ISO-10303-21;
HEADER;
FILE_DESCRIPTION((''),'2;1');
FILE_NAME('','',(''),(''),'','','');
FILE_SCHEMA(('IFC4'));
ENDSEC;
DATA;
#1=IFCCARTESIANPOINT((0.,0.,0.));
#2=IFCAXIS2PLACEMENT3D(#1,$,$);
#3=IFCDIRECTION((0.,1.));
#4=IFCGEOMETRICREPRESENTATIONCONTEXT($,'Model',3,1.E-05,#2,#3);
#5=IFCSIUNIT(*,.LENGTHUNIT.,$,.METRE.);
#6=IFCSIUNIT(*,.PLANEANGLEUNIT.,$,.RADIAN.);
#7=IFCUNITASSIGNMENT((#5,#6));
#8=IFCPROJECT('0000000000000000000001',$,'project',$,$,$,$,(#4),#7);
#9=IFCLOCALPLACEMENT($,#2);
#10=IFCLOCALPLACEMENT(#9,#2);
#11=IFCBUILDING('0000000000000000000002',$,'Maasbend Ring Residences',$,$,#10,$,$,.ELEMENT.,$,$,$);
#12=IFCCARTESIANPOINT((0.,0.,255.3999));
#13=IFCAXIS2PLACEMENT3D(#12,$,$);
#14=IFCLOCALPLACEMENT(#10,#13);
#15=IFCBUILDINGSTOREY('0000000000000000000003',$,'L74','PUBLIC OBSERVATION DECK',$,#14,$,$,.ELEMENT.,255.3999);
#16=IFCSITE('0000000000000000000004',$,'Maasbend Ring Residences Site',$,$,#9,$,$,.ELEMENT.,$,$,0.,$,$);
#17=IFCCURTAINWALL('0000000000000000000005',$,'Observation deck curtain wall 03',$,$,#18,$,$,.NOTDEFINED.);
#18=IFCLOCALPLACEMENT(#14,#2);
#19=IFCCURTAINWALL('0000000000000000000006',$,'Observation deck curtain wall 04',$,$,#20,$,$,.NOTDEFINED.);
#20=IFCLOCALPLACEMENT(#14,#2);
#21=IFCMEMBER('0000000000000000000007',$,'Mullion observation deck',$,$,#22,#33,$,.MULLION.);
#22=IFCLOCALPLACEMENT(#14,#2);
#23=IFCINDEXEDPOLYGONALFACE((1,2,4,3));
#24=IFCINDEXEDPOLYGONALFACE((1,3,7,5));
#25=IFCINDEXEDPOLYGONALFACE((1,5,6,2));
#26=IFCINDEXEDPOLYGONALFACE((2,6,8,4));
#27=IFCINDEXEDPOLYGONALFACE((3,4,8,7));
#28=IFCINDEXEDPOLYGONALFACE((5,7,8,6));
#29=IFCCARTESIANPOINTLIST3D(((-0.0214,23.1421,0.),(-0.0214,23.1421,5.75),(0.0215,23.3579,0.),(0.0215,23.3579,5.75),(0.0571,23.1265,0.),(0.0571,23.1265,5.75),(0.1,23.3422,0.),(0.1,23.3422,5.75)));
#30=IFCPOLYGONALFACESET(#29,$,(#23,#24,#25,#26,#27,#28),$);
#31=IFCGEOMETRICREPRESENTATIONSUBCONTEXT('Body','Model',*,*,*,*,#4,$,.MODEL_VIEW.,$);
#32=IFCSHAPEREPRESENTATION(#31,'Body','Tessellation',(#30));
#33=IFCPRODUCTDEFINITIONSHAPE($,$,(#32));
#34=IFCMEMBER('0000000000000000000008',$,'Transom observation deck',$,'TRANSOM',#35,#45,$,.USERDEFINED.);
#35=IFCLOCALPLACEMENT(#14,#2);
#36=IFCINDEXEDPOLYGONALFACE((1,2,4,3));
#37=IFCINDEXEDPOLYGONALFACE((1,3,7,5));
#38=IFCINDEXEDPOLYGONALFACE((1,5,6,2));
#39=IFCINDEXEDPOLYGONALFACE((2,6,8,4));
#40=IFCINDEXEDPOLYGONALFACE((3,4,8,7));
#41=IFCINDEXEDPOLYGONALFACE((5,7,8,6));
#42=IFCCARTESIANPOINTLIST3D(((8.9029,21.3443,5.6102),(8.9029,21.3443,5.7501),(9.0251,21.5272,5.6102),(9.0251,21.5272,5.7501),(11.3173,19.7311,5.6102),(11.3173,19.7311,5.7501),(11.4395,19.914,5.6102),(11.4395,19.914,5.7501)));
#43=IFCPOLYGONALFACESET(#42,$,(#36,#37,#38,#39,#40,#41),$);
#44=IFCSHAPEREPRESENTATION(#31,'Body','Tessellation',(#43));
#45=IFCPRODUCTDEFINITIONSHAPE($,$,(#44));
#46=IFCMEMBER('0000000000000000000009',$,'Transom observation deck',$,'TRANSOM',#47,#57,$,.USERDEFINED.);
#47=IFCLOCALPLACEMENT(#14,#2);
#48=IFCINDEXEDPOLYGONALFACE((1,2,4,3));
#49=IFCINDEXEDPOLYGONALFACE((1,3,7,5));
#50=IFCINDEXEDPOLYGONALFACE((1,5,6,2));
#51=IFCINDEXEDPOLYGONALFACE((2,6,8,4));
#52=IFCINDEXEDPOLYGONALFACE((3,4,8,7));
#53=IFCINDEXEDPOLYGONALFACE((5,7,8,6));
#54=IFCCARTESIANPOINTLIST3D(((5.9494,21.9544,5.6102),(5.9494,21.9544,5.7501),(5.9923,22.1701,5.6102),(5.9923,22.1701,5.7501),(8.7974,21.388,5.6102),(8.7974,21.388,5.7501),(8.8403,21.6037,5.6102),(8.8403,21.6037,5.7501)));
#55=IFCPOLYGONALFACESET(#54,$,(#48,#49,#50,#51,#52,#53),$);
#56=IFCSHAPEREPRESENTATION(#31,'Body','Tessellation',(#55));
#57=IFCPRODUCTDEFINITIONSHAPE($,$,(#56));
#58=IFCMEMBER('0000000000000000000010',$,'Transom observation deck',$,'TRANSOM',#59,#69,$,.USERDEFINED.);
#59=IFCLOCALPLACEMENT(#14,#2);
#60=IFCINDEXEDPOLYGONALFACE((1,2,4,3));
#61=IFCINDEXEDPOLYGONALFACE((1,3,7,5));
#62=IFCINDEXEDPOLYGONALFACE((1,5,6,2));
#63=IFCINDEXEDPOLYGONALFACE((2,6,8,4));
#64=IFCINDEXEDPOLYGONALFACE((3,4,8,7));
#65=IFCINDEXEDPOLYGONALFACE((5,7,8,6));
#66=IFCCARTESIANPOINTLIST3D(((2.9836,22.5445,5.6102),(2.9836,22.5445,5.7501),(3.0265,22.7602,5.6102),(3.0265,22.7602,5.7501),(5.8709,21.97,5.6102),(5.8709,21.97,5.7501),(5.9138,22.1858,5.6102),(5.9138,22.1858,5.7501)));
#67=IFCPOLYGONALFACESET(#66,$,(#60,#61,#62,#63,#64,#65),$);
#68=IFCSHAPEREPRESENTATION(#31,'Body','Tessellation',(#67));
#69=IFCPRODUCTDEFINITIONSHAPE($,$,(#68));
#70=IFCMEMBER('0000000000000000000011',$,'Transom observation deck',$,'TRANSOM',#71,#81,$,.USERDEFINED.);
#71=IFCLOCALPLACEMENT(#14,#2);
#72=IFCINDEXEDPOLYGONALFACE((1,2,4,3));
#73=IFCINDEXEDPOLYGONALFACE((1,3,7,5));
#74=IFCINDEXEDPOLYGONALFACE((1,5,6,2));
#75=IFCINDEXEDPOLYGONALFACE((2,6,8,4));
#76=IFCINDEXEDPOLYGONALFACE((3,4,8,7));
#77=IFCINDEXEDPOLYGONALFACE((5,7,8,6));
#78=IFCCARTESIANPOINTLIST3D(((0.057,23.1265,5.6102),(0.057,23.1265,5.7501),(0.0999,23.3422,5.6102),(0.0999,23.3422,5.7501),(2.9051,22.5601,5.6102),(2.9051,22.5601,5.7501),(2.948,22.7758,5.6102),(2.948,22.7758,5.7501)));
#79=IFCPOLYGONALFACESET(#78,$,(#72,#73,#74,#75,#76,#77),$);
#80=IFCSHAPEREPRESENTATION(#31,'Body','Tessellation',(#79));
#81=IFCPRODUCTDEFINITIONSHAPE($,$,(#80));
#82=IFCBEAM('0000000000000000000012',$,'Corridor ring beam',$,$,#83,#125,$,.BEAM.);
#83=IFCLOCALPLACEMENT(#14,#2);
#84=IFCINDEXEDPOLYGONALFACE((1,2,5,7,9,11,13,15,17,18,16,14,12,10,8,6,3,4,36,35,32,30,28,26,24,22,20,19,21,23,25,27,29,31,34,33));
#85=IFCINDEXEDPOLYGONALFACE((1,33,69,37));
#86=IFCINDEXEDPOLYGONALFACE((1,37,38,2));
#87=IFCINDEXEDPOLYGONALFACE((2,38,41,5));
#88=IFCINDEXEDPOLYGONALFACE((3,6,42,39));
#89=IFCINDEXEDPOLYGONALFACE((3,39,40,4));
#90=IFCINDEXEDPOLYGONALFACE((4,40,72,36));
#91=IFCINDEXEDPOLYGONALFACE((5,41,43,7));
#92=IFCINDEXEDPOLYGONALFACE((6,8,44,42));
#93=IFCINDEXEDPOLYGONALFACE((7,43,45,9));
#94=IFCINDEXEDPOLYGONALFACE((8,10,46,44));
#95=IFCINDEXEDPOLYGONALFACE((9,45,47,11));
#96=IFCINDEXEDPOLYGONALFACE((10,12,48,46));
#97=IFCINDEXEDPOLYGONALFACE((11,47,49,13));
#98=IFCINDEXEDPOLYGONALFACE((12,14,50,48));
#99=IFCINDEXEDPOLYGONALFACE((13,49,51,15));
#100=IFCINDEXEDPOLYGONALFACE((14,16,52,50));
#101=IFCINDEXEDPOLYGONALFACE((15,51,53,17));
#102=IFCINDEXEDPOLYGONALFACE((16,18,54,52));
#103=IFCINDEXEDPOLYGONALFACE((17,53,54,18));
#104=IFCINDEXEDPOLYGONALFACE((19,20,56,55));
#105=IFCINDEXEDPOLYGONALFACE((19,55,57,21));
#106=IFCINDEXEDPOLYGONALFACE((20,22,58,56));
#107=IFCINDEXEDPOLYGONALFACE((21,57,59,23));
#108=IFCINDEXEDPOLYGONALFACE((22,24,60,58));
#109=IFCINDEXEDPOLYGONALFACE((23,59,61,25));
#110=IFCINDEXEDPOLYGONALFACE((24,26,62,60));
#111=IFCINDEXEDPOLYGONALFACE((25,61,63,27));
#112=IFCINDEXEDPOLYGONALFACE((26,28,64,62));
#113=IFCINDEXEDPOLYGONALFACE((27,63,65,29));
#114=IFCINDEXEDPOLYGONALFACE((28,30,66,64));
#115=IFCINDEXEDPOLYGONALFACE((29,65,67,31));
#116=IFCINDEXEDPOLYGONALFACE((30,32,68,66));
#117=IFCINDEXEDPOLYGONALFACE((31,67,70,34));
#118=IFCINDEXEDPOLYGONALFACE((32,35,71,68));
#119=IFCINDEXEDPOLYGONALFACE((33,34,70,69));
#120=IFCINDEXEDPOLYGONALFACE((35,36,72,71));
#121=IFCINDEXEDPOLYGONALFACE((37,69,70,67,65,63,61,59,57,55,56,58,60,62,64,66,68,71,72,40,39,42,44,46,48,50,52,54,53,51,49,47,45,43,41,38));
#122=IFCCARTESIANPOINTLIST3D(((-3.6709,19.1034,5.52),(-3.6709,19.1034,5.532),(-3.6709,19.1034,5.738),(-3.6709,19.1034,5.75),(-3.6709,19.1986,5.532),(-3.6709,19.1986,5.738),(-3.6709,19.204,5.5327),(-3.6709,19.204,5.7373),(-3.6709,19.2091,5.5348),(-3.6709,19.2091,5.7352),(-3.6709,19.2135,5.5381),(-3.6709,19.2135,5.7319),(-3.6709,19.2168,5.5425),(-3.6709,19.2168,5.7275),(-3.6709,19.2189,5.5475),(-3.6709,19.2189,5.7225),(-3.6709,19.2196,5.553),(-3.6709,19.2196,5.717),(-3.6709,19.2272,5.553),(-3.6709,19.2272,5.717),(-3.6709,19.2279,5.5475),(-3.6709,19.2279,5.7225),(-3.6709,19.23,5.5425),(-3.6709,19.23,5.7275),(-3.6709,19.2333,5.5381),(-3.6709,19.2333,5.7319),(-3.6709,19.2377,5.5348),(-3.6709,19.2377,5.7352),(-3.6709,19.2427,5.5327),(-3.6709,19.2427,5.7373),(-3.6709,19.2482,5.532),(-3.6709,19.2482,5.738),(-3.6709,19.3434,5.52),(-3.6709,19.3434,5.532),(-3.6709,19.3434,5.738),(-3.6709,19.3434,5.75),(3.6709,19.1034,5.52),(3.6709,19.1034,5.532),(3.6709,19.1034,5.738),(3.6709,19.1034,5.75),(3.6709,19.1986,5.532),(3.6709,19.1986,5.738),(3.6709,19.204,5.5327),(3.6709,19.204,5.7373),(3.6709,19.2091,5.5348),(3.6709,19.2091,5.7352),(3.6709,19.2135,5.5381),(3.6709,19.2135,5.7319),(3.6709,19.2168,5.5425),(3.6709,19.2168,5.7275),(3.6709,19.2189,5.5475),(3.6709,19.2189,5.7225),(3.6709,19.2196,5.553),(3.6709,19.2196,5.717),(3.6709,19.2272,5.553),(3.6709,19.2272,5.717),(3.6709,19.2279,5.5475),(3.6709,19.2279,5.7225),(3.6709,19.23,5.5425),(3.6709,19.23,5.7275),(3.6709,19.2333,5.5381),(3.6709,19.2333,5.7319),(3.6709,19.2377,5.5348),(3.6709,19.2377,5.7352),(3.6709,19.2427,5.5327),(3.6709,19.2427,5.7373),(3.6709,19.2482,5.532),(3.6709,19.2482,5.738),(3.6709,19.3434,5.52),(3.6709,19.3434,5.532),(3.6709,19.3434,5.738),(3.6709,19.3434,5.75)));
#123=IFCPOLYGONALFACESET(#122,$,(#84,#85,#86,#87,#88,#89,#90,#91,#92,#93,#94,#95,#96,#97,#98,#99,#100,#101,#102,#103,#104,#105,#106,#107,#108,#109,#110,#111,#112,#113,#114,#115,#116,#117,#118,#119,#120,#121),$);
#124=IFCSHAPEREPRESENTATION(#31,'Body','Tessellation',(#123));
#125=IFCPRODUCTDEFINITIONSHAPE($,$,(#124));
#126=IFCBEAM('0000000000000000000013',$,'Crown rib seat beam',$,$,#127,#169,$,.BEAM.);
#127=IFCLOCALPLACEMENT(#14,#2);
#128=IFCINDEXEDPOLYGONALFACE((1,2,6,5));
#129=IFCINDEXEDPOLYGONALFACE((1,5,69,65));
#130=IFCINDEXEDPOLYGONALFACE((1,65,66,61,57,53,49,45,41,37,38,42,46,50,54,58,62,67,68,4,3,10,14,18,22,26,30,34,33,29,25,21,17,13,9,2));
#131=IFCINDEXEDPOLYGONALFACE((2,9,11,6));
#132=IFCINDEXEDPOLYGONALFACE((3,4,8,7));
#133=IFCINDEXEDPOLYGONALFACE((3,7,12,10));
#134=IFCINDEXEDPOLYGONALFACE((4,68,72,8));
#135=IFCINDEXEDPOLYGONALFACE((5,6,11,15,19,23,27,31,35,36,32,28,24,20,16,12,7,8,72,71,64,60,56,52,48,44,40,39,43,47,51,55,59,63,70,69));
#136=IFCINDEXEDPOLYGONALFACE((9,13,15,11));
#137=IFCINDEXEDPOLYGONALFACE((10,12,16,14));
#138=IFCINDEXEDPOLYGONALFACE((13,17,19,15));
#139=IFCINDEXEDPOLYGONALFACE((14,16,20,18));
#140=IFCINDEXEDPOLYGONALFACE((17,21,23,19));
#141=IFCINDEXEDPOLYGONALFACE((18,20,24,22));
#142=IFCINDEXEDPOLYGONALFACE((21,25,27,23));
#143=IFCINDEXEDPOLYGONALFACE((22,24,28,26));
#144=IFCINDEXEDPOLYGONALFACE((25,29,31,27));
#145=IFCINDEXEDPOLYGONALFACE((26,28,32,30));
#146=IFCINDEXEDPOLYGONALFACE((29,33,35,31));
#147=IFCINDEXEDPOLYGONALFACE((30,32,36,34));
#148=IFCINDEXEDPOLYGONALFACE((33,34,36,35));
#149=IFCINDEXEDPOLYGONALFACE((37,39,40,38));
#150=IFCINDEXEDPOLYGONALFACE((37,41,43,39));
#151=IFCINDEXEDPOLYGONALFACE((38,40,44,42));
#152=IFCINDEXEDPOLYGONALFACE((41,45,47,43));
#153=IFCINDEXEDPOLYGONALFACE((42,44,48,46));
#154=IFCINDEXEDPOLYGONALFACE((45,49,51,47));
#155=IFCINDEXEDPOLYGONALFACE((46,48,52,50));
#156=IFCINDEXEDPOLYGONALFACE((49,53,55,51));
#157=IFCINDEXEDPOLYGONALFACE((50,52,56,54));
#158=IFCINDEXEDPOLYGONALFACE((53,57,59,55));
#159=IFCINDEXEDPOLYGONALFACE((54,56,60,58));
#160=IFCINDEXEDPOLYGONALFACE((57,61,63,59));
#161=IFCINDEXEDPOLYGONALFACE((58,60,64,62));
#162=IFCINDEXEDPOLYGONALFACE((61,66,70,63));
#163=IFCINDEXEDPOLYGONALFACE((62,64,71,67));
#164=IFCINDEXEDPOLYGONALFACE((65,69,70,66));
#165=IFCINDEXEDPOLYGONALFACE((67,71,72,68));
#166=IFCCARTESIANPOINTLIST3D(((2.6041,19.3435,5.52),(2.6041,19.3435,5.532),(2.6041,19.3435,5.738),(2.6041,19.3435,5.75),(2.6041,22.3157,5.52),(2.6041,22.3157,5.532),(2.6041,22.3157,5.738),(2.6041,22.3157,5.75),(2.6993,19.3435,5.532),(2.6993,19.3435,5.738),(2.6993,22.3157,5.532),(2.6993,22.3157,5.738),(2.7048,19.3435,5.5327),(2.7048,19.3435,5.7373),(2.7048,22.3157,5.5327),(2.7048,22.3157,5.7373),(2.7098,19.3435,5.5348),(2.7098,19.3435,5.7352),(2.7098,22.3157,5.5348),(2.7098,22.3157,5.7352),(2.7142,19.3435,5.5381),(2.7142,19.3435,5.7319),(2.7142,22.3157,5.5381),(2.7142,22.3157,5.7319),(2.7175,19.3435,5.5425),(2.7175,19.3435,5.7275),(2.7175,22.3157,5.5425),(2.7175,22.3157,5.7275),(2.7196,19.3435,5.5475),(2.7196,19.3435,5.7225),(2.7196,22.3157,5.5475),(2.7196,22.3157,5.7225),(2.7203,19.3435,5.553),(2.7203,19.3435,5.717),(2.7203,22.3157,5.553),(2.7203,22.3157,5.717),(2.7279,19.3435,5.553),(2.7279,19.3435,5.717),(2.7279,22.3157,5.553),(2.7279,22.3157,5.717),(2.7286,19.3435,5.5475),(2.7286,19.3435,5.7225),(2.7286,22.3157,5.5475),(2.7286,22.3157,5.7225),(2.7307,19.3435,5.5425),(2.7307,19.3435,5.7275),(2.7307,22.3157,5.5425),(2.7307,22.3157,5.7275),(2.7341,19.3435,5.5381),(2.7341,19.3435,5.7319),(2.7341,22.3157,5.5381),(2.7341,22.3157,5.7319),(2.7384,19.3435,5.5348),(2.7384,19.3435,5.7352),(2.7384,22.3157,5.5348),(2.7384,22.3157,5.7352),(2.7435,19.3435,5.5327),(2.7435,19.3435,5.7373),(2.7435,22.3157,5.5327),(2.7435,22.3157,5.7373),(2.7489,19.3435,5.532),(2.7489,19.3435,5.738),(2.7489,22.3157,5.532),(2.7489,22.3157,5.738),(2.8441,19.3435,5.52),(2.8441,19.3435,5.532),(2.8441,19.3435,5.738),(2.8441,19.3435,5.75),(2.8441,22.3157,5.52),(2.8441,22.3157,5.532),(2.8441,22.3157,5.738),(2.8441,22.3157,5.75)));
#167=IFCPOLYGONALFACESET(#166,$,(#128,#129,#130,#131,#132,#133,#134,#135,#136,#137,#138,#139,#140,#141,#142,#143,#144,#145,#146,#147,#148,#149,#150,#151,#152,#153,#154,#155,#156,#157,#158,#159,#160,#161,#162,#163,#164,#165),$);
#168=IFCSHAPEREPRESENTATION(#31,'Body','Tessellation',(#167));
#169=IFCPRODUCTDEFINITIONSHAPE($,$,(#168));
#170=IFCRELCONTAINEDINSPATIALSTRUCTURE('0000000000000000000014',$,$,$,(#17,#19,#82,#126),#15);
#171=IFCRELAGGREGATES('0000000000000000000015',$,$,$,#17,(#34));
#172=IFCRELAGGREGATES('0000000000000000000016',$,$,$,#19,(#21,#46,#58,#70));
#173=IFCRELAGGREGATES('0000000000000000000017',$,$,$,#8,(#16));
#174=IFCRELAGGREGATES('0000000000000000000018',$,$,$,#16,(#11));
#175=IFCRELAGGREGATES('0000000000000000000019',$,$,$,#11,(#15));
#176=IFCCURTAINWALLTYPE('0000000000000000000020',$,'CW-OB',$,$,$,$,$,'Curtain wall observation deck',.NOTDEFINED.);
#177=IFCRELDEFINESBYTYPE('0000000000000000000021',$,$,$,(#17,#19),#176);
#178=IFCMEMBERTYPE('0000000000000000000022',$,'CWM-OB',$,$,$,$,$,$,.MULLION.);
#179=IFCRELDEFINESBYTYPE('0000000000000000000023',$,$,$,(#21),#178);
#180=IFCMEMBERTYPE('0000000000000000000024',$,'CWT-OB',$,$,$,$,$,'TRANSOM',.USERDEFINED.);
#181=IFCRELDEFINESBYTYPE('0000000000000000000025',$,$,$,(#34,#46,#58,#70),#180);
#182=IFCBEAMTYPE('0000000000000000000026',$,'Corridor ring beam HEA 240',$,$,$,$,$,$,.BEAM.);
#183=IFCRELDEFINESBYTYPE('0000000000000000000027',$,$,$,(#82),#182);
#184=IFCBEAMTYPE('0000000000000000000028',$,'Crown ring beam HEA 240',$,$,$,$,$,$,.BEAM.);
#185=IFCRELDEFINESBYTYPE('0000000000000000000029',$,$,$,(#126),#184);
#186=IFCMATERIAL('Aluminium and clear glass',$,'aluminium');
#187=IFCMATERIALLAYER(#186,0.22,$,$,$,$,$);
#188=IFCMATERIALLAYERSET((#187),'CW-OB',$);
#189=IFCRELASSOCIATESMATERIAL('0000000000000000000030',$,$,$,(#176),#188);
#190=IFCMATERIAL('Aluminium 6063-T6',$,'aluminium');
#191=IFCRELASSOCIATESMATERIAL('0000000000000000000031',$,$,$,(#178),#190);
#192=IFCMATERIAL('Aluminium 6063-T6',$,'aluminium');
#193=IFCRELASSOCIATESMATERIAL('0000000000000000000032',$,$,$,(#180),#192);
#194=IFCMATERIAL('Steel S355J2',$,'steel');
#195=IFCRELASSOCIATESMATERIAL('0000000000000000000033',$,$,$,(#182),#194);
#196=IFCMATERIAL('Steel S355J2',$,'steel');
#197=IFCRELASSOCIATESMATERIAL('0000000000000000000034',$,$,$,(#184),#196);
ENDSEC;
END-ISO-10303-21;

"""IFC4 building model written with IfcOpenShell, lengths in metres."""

from ifc_helpers import new_model, si_unit, direction, frame, origin, origin_2d, place, context, subcontext, project, spatial, rectangle, i_section, extrude, material, layer, layer_set, material_profile, profile_set, type_object, element, aggregate, save


model = new_model("IFC4")

# Units and contexts
model_context = context("Model", 3, precision=1e-05, world=origin(), true_north=direction((0.0, 1.0)))
body_context = subcontext(model_context, "Body", "Model", "MODEL_VIEW")
ifc_project = project(units=[si_unit("LENGTHUNIT", "METRE"), si_unit("PLANEANGLEUNIT", "RADIAN")], contexts=[model_context])

# Site, building, storey
site_placement = place(None, origin())
site = spatial("IfcSite", under=ifc_project, at=site_placement, Name="Maasbend Ring Residences Site", CompositionType="ELEMENT", RefElevation=0.0)
building_placement = place(site_placement, origin())
building = spatial("IfcBuilding", under=site, at=building_placement, Name="Maasbend Ring Residences", CompositionType="ELEMENT")
storey_placement = place(building_placement, frame((0.0, 0.0, 255.3999)))
storey = spatial("IfcBuildingStorey", under=building, at=storey_placement, Name="L74", Description="PUBLIC OBSERVATION DECK", CompositionType="ELEMENT", Elevation=255.3999)

# Curtain walls, member
ifc_material_1 = material(Name="Aluminium and clear glass", Category="aluminium")
ifc_layer_1 = layer(ifc_material_1, 0.22)
ifc_layer_set_1 = layer_set([ifc_layer_1], Name="CW-OB")
curtain_wall_type = type_object("IfcCurtainWallType", Name="CW-OB", ElementType="Curtain wall observation deck", PredefinedType="NOTDEFINED", material=ifc_layer_set_1)
curtain_wall_1_placement = place(storey_placement, origin())
curtain_wall_1 = element("IfcCurtainWall", 1, at=curtain_wall_1_placement, inside=storey, type_object=curtain_wall_type, Name="Observation deck curtain wall 03", PredefinedType="NOTDEFINED")
ifc_material_2 = material(Name="Aluminium 6063-T6", Category="aluminium")
ifc_material_profile_1 = material_profile(ifc_material_2, rectangle(XDim=0.22, YDim=0.0801, at=origin_2d()), Name="AL 220x80")
ifc_profile_set_1 = profile_set([ifc_material_profile_1], Name="Aluminium 6063-T6")
member_type_1 = type_object("IfcMemberType", Name="CWM-OB", PredefinedType="MULLION", material=ifc_profile_set_1)
curtain_wall_2_placement = place(storey_placement, origin())
curtain_wall_2 = element("IfcCurtainWall", 2, at=curtain_wall_2_placement, inside=storey, type_object=curtain_wall_type, Name="Observation deck curtain wall 04", PredefinedType="NOTDEFINED")
member_1_placement = place(storey_placement, frame((0.0393, 23.2422, 0.0), z_axis=(0.0, 0.0, 1.0), x_axis=(-0.19509, -0.980785, 0.0)))
member_1 = element("IfcMember", 3, at=member_1_placement, type_object=member_type_1, Name="Mullion observation deck", PredefinedType="MULLION", context=body_context, shape_type="SweptSolid", body=[
    extrude(rectangle(XDim=0.22, YDim=0.0801, at=origin_2d()), origin(), (0.0, 0.0, 1.0), 5.75),
])

# Members
ifc_material_3 = material(Name="Aluminium 6063-T6", Category="aluminium")
ifc_material_profile_2 = material_profile(ifc_material_3, rectangle(XDim=0.22, YDim=0.1399, at=origin_2d()), Name="AL 220x140")
ifc_profile_set_2 = profile_set([ifc_material_profile_2], Name="Aluminium 6063-T6")
member_type_2 = type_object("IfcMemberType", Name="CWT-OB", ElementType="TRANSOM", PredefinedType="USERDEFINED", material=ifc_profile_set_2)
member_2_placement = place(storey_placement, frame((11.3784, 19.8225, 5.6802), z_axis=(-0.831481, 0.555554, 0.0), x_axis=(-0.555554, -0.831481, 0.0)))
member_2 = element("IfcMember", 4, at=member_2_placement, type_object=member_type_2, Name="Transom observation deck", ObjectType="TRANSOM", PredefinedType="USERDEFINED", context=body_context, shape_type="SweptSolid", body=[
    extrude(rectangle(XDim=0.22, YDim=0.1399, at=origin_2d()), origin(), (0.0, 0.0, 1.0), 2.9038),
])
member_3_placement = place(storey_placement, frame((8.8188, 21.4958, 5.6802), z_axis=(-0.980794, 0.195049, 0.0), x_axis=(-0.195049, -0.980794, 0.0)))
member_3 = element("IfcMember", 5, at=member_3_placement, type_object=member_type_2, Name="Transom observation deck", ObjectType="TRANSOM", PredefinedType="USERDEFINED", context=body_context, shape_type="SweptSolid", body=[
    extrude(rectangle(XDim=0.22, YDim=0.1399, at=origin_2d()), origin(), (0.0, 0.0, 1.0), 2.9038),
])
member_4_placement = place(storey_placement, frame((5.8923, 22.0779, 5.6802), z_axis=(-0.980775, 0.195143, 0.0), x_axis=(-0.195143, -0.980775, 0.0)))
member_4 = element("IfcMember", 6, at=member_4_placement, type_object=member_type_2, Name="Transom observation deck", ObjectType="TRANSOM", PredefinedType="USERDEFINED", context=body_context, shape_type="SweptSolid", body=[
    extrude(rectangle(XDim=0.22, YDim=0.1399, at=origin_2d()), origin(), (0.0, 0.0, 1.0), 2.9438),
])
member_5_placement = place(storey_placement, frame((2.9265, 22.668, 5.6802), z_axis=(-0.980794, 0.195049, 0.0), x_axis=(-0.195049, -0.980794, 0.0)))
member_5 = element("IfcMember", 7, at=member_5_placement, type_object=member_type_2, Name="Transom observation deck", ObjectType="TRANSOM", PredefinedType="USERDEFINED", context=body_context, shape_type="SweptSolid", body=[
    extrude(rectangle(XDim=0.22, YDim=0.1399, at=origin_2d()), origin(), (0.0, 0.0, 1.0), 2.9038),
])

# Beams
ifc_material_4 = material(Name="Steel S355J2", Category="steel")
ifc_material_profile_3 = material_profile(ifc_material_4, i_section(OverallWidth=0.24, OverallDepth=0.23, WebThickness=0.0076, FlangeThickness=0.012, FilletRadius=0.021, at=origin_2d()), Name="HEA 240")
ifc_profile_set_3 = profile_set([ifc_material_profile_3], Name="Steel S355J2")
beam_type_1 = type_object("IfcBeamType", Name="Corridor ring beam HEA 240", PredefinedType="BEAM", material=ifc_profile_set_3)
beam_1_placement = place(storey_placement, frame((3.6709, 19.2234, 5.635), z_axis=(-1.0, 0.0, 0.0), x_axis=(0.0, -1.0, 0.0)))
element("IfcBeam", 8, at=beam_1_placement, inside=storey, type_object=beam_type_1, Name="Corridor ring beam", PredefinedType="BEAM", context=body_context, shape_type="SweptSolid", body=[
    extrude(i_section(OverallWidth=0.24, OverallDepth=0.23, WebThickness=0.0076, FlangeThickness=0.012, FilletRadius=0.021, at=origin_2d()), origin(), (0.0, 0.0, 1.0), 7.3418),
])
ifc_material_5 = material(Name="Steel S355J2", Category="steel")
ifc_material_profile_4 = material_profile(ifc_material_5, i_section(OverallWidth=0.24, OverallDepth=0.23, WebThickness=0.0076, FlangeThickness=0.012, FilletRadius=0.021, at=origin_2d()), Name="HEA 240")
ifc_profile_set_4 = profile_set([ifc_material_profile_4], Name="Steel S355J2")
beam_type_2 = type_object("IfcBeamType", Name="Crown ring beam HEA 240", PredefinedType="BEAM", material=ifc_profile_set_4)
beam_2_placement = place(storey_placement, frame((2.7241, 19.3435, 5.635), z_axis=(0.0, 1.0, 0.0), x_axis=(-1.0, 0.0, 0.0)))
element("IfcBeam", 9, at=beam_2_placement, inside=storey, type_object=beam_type_2, Name="Crown rib seat beam", PredefinedType="BEAM", context=body_context, shape_type="SweptSolid", body=[
    extrude(i_section(OverallWidth=0.24, OverallDepth=0.23, WebThickness=0.0076, FlangeThickness=0.012, FilletRadius=0.021, at=origin_2d()), origin(), (0.0, 0.0, 1.0), 2.9722),
])

aggregate(curtain_wall_1, [member_2])
aggregate(curtain_wall_2, [member_1, member_3, member_4, member_5])

save(model, "model.ifc")
